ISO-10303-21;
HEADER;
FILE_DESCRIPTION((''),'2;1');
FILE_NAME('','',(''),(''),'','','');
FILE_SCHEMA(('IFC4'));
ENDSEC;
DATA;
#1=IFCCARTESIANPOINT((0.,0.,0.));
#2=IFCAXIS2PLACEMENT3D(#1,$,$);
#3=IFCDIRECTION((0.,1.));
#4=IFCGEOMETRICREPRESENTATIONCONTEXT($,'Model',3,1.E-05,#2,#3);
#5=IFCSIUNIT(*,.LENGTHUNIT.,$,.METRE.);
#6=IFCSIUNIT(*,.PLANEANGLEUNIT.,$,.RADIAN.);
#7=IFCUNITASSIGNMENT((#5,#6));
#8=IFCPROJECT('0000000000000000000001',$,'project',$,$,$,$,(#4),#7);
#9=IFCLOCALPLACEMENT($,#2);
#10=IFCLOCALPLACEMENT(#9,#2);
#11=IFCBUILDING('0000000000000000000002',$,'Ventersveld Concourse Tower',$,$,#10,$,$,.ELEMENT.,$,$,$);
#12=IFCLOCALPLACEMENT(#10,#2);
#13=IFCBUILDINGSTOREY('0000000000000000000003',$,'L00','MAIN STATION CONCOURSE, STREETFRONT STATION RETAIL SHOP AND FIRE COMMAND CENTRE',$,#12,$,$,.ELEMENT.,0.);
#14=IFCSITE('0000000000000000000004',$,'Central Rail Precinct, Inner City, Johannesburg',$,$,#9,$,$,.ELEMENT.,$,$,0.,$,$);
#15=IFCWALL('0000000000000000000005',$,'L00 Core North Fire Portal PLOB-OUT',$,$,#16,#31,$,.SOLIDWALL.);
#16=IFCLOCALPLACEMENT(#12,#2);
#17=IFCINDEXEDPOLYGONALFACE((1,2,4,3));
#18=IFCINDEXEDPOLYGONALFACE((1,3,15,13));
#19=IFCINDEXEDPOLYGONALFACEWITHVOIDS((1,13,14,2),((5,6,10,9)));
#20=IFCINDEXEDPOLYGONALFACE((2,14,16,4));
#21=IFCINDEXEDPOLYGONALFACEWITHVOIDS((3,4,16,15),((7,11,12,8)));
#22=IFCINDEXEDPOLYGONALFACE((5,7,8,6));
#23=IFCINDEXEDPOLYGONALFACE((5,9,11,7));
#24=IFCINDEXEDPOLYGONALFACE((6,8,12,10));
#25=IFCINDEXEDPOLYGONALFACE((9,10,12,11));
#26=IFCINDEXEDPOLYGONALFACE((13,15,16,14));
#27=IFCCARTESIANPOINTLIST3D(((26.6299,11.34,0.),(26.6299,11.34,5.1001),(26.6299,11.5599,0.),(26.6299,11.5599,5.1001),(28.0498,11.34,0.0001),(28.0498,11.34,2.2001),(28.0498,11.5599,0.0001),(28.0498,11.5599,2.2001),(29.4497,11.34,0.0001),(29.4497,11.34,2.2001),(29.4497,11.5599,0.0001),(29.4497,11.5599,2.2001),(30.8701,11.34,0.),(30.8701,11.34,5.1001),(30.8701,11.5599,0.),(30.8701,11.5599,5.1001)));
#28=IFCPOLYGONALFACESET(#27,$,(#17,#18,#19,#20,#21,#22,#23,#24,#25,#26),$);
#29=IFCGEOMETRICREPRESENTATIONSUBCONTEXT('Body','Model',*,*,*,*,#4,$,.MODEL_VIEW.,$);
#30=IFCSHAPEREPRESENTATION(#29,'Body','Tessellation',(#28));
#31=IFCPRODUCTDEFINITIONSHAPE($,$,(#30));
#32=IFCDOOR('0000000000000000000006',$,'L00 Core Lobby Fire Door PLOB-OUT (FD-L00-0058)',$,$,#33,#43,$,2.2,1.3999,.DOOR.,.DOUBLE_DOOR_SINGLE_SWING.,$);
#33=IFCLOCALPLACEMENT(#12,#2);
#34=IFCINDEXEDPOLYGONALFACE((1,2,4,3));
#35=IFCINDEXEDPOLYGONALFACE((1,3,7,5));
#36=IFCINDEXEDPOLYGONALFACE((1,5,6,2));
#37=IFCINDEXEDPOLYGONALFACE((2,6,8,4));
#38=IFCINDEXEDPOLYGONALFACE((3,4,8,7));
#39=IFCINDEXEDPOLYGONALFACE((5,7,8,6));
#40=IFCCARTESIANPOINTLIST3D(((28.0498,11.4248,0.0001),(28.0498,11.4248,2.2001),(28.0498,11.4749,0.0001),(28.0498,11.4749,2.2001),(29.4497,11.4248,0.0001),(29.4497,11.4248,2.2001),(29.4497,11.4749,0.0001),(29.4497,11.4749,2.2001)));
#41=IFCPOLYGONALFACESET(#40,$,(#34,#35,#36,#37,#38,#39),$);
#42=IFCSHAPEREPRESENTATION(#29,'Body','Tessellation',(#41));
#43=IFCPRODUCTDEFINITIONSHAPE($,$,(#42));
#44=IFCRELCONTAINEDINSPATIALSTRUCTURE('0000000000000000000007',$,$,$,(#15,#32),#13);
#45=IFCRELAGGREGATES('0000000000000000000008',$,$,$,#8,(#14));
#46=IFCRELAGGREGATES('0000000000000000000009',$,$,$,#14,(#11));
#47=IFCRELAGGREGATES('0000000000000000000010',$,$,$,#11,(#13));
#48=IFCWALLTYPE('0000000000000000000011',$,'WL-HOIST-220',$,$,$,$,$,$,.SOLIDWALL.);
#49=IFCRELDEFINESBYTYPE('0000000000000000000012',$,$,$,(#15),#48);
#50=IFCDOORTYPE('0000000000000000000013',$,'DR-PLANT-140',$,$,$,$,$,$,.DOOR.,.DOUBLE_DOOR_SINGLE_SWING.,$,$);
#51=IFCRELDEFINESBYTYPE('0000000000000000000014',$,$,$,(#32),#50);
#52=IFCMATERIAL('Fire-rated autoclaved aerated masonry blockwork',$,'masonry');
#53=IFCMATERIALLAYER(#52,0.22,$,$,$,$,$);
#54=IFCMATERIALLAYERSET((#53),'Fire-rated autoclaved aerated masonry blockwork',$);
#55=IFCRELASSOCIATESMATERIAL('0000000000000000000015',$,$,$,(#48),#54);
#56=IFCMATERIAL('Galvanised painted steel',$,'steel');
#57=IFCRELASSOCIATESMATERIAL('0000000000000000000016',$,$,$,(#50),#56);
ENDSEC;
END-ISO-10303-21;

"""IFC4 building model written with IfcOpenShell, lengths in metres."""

from ifc_helpers import new_model, si_unit, direction, frame, frame_2d, origin, place, context, subcontext, project, spatial, rectangle, extrude, material, layer, layer_set, type_object, element, fill, save


model = new_model("IFC4")

# Units and contexts
model_context = context("Model", 3, precision=1e-05, world=origin(), true_north=direction((0.0, 1.0)))
body_context = subcontext(model_context, "Body", "Model", "MODEL_VIEW")
ifc_project = project(units=[si_unit("LENGTHUNIT", "METRE"), si_unit("PLANEANGLEUNIT", "RADIAN")], contexts=[model_context])

# Site, building, storey
site_placement = place(None, origin())
site = spatial("IfcSite", under=ifc_project, at=site_placement, Name="Central Rail Precinct, Inner City, Johannesburg", CompositionType="ELEMENT", RefElevation=0.0)
building_placement = place(site_placement, origin())
building = spatial("IfcBuilding", under=site, at=building_placement, Name="Ventersveld Concourse Tower", CompositionType="ELEMENT")
storey_placement = place(building_placement, origin())
storey = spatial("IfcBuildingStorey", under=building, at=storey_placement, Name="L00", Description="MAIN STATION CONCOURSE, STREETFRONT STATION RETAIL SHOP AND FIRE COMMAND CENTRE", CompositionType="ELEMENT", Elevation=0.0)

# Shared definitions
ifc_material_1 = material(Name="Fire-rated autoclaved aerated masonry blockwork", Category="masonry")

# Wall, opening, door
ifc_layer_1 = layer(ifc_material_1, 0.22)
ifc_layer_set_1 = layer_set([ifc_layer_1], Name="Fire-rated autoclaved aerated masonry blockwork")
wall_type_1 = type_object("IfcWallType", Name="WL-HOIST-220", PredefinedType="SOLIDWALL", material=ifc_layer_set_1)
ifc_material_2 = material(Name="Galvanised painted steel", Category="steel")
wall_1_placement = place(storey_placement, frame((26.6299, 11.45, 0.0), z_axis=(0.0, 0.0, 1.0), x_axis=(1.0, 0.0, 0.0)))
wall_1 = element("IfcWall", 1, at=wall_1_placement, inside=storey, type_object=wall_type_1, Name="L00 Core North Fire Portal PLOB-OUT", PredefinedType="SOLIDWALL", context=body_context, shape_type="SweptSolid", body=[
    extrude(rectangle(XDim=4.2402, YDim=0.22, at=frame_2d((2.1201, 0.0))), origin(), (0.0, 0.0, 1.0), 5.1001),
])
opening_1_placement = place(wall_1_placement, frame((1.4199, 0.0, 0.0)))
opening_1 = element("IfcOpeningElement", 2, at=opening_1_placement, cuts=wall_1, PredefinedType="OPENING", context=body_context, shape_type="SweptSolid", body=[
    extrude(rectangle(XDim=1.3999, YDim=2.2, at=frame_2d((0.7, 1.1001))), frame((0.0, 0.1201, 0.0), z_axis=(0.0, -1.0, 0.0), x_axis=(1.0, 0.0, 0.0)), (0.0, 0.0, 1.0), 0.24),
])
door_type_1 = type_object("IfcDoorType", Name="DR-PLANT-140", OperationType="DOUBLE_DOOR_SINGLE_SWING", PredefinedType="DOOR", material=ifc_material_2)
door_1_placement = place(opening_1_placement, origin())
door_1 = element("IfcDoor", 3, at=door_1_placement, inside=storey, type_object=door_type_1, Name="L00 Core Lobby Fire Door PLOB-OUT (FD-L00-0058)", OperationType="DOUBLE_DOOR_SINGLE_SWING", OverallHeight=2.2, OverallWidth=1.3999, PredefinedType="DOOR", context=body_context, shape_type="SweptSolid", body=[
    extrude(rectangle(XDim=1.3999, YDim=2.2, at=frame_2d((0.7, 1.1001))), frame((0.0, 0.0249, 0.0), z_axis=(0.0, -1.0, 0.0), x_axis=(1.0, 0.0, 0.0)), (0.0, 0.0, 1.0), 0.05),
])
fill(opening_1, door_1)

save(model, "model.ifc")
